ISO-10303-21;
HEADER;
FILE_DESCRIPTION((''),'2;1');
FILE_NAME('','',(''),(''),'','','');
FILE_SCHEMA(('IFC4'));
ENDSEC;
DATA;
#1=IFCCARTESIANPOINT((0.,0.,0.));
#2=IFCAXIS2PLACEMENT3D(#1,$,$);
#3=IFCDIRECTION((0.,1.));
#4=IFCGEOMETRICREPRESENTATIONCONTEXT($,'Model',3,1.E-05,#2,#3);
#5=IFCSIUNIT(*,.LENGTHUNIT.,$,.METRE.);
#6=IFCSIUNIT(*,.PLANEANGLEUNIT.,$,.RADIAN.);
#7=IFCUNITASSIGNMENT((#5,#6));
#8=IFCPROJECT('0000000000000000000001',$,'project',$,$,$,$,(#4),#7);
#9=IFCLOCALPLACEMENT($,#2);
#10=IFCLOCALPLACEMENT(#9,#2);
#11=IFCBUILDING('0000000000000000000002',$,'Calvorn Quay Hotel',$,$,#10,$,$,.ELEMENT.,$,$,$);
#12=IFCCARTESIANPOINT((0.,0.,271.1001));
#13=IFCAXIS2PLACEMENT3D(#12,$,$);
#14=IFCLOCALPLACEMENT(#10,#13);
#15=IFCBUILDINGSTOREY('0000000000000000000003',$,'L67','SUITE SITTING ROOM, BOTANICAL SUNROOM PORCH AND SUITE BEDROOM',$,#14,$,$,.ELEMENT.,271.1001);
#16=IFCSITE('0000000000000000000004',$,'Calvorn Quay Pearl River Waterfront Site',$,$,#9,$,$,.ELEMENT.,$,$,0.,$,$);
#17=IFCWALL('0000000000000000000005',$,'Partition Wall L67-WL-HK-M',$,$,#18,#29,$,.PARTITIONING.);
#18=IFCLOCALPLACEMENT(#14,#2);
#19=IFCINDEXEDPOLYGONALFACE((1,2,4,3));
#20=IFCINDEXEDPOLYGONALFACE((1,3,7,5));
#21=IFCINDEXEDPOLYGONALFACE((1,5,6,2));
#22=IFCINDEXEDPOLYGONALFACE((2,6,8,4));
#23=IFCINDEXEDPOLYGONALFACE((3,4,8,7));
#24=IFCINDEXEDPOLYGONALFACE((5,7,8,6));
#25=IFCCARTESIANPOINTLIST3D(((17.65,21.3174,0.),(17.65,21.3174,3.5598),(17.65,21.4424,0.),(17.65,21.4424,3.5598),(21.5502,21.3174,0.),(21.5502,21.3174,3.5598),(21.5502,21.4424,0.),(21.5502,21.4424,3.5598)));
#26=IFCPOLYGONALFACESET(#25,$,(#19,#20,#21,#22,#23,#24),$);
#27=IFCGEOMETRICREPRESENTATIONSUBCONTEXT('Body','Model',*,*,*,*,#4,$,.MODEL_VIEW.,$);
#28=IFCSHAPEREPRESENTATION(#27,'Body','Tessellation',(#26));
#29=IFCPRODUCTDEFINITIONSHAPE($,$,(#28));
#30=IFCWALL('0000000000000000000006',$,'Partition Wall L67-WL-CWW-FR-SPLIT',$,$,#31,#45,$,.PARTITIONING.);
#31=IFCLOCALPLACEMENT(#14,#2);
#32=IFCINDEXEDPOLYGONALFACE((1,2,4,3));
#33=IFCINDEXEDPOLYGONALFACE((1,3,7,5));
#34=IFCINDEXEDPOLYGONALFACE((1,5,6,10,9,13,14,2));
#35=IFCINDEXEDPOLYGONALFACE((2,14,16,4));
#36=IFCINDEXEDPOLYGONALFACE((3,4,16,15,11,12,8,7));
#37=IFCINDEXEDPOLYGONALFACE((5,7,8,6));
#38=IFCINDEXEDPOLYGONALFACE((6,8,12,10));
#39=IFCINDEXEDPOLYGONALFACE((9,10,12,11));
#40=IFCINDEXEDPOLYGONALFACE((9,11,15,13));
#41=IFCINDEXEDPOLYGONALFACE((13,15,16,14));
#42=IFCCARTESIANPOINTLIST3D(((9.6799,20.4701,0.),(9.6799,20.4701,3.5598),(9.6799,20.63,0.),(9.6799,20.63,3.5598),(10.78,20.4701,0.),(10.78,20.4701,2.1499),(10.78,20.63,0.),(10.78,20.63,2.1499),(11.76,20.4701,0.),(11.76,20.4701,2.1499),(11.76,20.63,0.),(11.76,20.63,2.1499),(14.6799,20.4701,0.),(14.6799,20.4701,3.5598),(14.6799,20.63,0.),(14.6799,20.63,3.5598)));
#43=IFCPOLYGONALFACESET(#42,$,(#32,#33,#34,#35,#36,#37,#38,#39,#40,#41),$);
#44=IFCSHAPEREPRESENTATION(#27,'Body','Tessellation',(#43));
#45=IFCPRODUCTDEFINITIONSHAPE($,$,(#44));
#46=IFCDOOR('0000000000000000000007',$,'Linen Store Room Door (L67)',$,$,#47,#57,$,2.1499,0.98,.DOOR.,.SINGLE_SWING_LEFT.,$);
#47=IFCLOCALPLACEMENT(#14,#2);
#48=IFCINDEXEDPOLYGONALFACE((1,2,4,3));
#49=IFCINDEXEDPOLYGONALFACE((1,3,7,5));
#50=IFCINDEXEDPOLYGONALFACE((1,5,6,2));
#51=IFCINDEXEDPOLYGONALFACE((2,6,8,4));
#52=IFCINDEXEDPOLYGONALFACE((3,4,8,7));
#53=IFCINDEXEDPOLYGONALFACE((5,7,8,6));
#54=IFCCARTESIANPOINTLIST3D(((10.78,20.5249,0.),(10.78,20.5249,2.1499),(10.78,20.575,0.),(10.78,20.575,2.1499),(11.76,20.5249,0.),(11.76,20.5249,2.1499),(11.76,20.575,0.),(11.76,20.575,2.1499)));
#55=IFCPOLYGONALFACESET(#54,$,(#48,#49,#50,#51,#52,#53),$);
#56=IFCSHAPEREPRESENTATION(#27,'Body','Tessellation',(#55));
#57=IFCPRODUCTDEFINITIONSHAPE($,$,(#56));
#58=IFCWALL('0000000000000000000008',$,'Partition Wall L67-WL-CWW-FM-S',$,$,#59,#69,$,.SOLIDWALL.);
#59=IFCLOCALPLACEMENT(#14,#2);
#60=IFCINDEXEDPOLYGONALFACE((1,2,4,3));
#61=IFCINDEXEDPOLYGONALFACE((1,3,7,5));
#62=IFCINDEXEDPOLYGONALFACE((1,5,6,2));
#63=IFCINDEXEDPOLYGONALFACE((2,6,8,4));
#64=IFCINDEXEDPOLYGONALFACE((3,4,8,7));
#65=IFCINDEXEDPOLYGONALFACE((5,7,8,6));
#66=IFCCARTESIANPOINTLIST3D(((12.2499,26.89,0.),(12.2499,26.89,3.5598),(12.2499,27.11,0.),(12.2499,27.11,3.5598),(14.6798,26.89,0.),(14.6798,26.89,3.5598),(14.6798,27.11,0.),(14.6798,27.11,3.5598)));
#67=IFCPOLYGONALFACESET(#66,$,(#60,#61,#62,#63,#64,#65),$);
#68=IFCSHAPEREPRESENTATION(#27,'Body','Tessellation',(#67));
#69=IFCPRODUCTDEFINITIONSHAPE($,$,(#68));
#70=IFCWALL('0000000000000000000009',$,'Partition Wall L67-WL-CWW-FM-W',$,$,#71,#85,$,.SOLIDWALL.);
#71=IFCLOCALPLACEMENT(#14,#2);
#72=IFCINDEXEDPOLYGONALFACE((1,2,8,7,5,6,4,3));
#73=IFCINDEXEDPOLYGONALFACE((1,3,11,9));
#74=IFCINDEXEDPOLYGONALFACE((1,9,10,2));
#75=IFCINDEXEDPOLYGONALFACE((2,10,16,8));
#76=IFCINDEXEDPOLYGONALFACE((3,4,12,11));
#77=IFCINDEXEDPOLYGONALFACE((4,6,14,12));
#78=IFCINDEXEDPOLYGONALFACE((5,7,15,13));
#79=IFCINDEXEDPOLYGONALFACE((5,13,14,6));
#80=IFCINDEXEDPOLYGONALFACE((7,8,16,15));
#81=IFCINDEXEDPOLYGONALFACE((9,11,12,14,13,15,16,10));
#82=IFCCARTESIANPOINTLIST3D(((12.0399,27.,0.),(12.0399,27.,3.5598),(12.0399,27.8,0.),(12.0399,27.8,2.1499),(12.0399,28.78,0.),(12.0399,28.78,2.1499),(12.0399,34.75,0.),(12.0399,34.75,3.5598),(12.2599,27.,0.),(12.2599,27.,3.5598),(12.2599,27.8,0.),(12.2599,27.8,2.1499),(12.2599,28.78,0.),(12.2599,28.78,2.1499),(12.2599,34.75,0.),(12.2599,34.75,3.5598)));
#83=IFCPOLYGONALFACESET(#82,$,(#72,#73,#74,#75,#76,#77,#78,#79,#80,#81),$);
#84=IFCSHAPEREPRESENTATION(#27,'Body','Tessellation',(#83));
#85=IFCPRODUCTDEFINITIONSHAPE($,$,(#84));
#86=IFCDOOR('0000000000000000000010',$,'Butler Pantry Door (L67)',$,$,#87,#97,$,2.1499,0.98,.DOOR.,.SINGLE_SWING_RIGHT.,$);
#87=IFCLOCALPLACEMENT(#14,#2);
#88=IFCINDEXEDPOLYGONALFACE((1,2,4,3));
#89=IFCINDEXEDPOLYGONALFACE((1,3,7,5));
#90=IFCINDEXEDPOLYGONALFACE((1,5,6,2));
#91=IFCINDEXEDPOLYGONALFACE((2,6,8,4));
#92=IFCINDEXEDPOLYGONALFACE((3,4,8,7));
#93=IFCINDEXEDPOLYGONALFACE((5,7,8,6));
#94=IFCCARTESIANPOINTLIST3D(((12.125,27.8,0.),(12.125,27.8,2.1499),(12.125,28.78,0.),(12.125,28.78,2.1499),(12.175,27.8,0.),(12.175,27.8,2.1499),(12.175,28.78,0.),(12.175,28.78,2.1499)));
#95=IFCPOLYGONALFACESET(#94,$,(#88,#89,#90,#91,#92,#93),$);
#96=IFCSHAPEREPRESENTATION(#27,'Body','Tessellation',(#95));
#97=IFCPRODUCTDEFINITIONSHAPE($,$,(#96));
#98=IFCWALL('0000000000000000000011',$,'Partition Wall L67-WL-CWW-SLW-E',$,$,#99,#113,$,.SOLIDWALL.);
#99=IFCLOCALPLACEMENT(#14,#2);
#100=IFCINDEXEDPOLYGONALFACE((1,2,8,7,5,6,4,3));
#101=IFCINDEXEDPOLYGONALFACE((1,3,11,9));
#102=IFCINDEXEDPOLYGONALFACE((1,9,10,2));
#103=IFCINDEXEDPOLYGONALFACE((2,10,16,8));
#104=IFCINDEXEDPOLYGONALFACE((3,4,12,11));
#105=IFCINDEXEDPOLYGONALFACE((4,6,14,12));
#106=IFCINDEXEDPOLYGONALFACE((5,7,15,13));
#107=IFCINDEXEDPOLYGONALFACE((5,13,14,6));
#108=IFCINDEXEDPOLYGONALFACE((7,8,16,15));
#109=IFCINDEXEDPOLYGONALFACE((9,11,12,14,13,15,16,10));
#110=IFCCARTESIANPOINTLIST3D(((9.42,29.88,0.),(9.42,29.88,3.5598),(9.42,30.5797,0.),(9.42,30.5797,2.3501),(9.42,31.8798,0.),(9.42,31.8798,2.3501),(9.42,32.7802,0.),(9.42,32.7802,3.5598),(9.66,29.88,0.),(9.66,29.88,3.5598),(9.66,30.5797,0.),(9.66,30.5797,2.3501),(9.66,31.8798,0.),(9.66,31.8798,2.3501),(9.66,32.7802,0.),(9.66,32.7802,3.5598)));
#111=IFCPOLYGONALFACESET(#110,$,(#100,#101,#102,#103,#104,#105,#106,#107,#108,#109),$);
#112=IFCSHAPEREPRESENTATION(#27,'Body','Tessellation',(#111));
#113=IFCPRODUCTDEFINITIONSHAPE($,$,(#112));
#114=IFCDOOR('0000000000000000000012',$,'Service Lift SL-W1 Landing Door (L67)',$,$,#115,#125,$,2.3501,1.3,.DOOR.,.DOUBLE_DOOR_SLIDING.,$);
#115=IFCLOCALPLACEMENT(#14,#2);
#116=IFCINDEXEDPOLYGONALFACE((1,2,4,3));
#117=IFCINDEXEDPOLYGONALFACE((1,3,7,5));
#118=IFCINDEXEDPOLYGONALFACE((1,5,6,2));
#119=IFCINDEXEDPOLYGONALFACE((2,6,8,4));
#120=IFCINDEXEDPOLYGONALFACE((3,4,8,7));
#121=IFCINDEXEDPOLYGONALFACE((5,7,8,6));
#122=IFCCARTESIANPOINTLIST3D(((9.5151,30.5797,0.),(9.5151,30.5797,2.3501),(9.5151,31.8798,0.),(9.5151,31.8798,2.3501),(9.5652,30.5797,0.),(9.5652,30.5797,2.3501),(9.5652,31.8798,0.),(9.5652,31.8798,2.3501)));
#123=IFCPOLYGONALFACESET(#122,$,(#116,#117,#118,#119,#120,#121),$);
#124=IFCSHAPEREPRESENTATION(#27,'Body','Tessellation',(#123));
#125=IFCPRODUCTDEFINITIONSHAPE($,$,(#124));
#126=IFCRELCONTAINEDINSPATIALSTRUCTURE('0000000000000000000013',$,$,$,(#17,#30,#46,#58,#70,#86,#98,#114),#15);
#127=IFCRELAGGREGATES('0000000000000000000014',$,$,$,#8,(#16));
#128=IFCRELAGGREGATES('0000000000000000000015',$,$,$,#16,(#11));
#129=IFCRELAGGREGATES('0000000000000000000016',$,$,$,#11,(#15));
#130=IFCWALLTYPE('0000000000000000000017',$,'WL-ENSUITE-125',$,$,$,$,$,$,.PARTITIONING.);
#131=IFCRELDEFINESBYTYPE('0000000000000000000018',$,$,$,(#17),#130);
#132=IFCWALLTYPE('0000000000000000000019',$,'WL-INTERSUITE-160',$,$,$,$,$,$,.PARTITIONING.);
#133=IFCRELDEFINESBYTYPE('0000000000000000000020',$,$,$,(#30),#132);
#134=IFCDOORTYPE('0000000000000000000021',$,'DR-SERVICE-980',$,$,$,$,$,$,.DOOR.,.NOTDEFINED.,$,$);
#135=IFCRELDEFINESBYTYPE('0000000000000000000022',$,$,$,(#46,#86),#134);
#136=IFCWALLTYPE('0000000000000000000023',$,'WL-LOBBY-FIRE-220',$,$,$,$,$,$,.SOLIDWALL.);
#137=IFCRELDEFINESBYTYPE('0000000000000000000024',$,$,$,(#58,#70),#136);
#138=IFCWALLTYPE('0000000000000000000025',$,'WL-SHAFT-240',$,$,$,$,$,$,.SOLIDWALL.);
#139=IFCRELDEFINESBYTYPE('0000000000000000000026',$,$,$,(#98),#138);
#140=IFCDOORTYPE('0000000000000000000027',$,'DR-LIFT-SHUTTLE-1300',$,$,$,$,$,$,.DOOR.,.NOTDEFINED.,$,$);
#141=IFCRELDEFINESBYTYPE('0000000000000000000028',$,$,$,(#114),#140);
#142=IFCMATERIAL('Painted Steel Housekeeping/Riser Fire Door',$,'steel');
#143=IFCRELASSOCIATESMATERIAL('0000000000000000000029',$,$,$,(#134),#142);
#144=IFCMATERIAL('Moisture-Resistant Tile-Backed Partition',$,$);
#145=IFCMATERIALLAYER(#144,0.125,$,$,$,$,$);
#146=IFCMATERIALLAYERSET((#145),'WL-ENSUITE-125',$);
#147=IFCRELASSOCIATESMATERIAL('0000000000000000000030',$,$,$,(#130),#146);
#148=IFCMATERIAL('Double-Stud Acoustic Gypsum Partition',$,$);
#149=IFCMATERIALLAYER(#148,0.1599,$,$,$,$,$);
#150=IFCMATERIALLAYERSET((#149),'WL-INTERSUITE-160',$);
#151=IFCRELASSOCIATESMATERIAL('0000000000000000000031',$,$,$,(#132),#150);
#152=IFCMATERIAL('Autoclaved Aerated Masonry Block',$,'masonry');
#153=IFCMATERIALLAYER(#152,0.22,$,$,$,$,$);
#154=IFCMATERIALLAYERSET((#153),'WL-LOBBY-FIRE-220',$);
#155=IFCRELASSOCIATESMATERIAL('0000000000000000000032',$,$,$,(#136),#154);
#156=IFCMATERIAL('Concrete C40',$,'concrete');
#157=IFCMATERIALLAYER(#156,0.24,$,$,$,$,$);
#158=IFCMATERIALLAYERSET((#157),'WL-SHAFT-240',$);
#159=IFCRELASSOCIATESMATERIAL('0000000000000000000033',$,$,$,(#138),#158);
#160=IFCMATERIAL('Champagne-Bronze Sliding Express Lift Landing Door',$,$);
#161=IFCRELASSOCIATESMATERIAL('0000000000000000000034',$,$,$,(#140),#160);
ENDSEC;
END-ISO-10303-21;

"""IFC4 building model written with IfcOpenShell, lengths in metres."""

from ifc_helpers import new_model, si_unit, direction, frame, frame_2d, origin, place, context, subcontext, project, spatial, rectangle, extrude, material, layer, layer_set, type_object, element, fill, save


model = new_model("IFC4")

# Units and contexts
model_context = context("Model", 3, precision=1e-05, world=origin(), true_north=direction((0.0, 1.0)))
body_context = subcontext(model_context, "Body", "Model", "MODEL_VIEW")
ifc_project = project(units=[si_unit("LENGTHUNIT", "METRE"), si_unit("PLANEANGLEUNIT", "RADIAN")], contexts=[model_context])

# Site, building, storey
site_placement = place(None, origin())
site = spatial("IfcSite", under=ifc_project, at=site_placement, Name="Calvorn Quay Pearl River Waterfront Site", CompositionType="ELEMENT", RefElevation=0.0)
building_placement = place(site_placement, origin())
building = spatial("IfcBuilding", under=site, at=building_placement, Name="Calvorn Quay Hotel", CompositionType="ELEMENT")
storey_placement = place(building_placement, frame((0.0, 0.0, 271.1001)))
storey = spatial("IfcBuildingStorey", under=building, at=storey_placement, Name="L67", Description="SUITE SITTING ROOM, BOTANICAL SUNROOM PORCH AND SUITE BEDROOM", CompositionType="ELEMENT", Elevation=271.1001)

# Shared definitions
ifc_material_1 = material(Name="Painted Steel Housekeeping/Riser Fire Door", Category="steel")
door_type_1 = type_object("IfcDoorType", Name="DR-SERVICE-980", OperationType="NOTDEFINED", PredefinedType="DOOR", material=ifc_material_1)

# Wall
ifc_material_2 = material(Name="Moisture-Resistant Tile-Backed Partition")
ifc_layer_1 = layer(ifc_material_2, 0.125)
ifc_layer_set_1 = layer_set([ifc_layer_1], Name="WL-ENSUITE-125")
wall_type_1 = type_object("IfcWallType", Name="WL-ENSUITE-125", PredefinedType="PARTITIONING", material=ifc_layer_set_1)
wall_1_placement = place(storey_placement, frame((17.6499, 21.3799, 0.0), z_axis=(0.0, 0.0, 1.0), x_axis=(1.0, 0.0, 0.0)))
element("IfcWall", 1, at=wall_1_placement, inside=storey, type_object=wall_type_1, Name="Partition Wall L67-WL-HK-M", PredefinedType="PARTITIONING", context=body_context, shape_type="SweptSolid", body=[
    extrude(rectangle(XDim=3.9001, YDim=0.125, at=frame_2d((1.9502, 0.0))), origin(), (0.0, 0.0, 1.0), 3.5598),
])

# Wall, opening, door
ifc_material_3 = material(Name="Double-Stud Acoustic Gypsum Partition")
ifc_layer_2 = layer(ifc_material_3, 0.1599)
ifc_layer_set_2 = layer_set([ifc_layer_2], Name="WL-INTERSUITE-160")
wall_type_2 = type_object("IfcWallType", Name="WL-INTERSUITE-160", PredefinedType="PARTITIONING", material=ifc_layer_set_2)
wall_2_placement = place(storey_placement, frame((9.6799, 20.55, 0.0), z_axis=(0.0, 0.0, 1.0), x_axis=(1.0, 0.0, 0.0)))
wall_2 = element("IfcWall", 2, at=wall_2_placement, inside=storey, type_object=wall_type_2, Name="Partition Wall L67-WL-CWW-FR-SPLIT", PredefinedType="PARTITIONING", context=body_context, shape_type="SweptSolid", body=[
    extrude(rectangle(XDim=5.0, YDim=0.1599, at=frame_2d((2.5, 0.0))), origin(), (0.0, 0.0, 1.0), 3.5598),
])
opening_1_placement = place(wall_2_placement, frame((1.1001, 0.0, 0.0)))
opening_1 = element("IfcOpeningElement", 3, at=opening_1_placement, cuts=wall_2, PredefinedType="OPENING", context=body_context, shape_type="SweptSolid", body=[
    extrude(rectangle(XDim=0.98, YDim=2.1499, at=frame_2d((0.49, 1.075))), frame((0.0, 0.0898, 0.0), z_axis=(0.0, -1.0, 0.0), x_axis=(1.0, 0.0, 0.0)), (0.0, 0.0, 1.0), 0.1799),
])
door_1_placement = place(opening_1_placement, origin())
door_1 = element("IfcDoor", 4, at=door_1_placement, inside=storey, type_object=door_type_1, Name="Linen Store Room Door (L67)", OperationType="SINGLE_SWING_LEFT", OverallHeight=2.1499, OverallWidth=0.98, PredefinedType="DOOR", context=body_context, shape_type="SweptSolid", body=[
    extrude(rectangle(XDim=0.98, YDim=2.1499, at=frame_2d((0.49, 1.075))), frame((0.0, 0.0249, 0.0), z_axis=(0.0, -1.0, 0.0), x_axis=(1.0, 0.0, 0.0)), (0.0, 0.0, 1.0), 0.05),
])
fill(opening_1, door_1)
ifc_material_4 = material(Name="Autoclaved Aerated Masonry Block", Category="masonry")
ifc_layer_3 = layer(ifc_material_4, 0.22)
ifc_layer_set_3 = layer_set([ifc_layer_3], Name="WL-LOBBY-FIRE-220")
wall_type_3 = type_object("IfcWallType", Name="WL-LOBBY-FIRE-220", PredefinedType="SOLIDWALL", material=ifc_layer_set_3)

# Wall
wall_3_placement = place(storey_placement, frame((12.25, 27.0, 0.0), z_axis=(0.0, 0.0, 1.0), x_axis=(1.0, 0.0, 0.0)))
element("IfcWall", 5, at=wall_3_placement, inside=storey, type_object=wall_type_3, Name="Partition Wall L67-WL-CWW-FM-S", PredefinedType="SOLIDWALL", context=body_context, shape_type="SweptSolid", body=[
    extrude(rectangle(XDim=2.4299, YDim=0.22, at=frame_2d((1.2148, 0.0))), origin(), (0.0, 0.0, 1.0), 3.5598),
])

# Walls, openings, doors
wall_4_placement = place(storey_placement, frame((12.1499, 27.0, 0.0), z_axis=(0.0, 0.0, 1.0), x_axis=(0.0, 1.0, 0.0)))
wall_4 = element("IfcWall", 6, at=wall_4_placement, inside=storey, type_object=wall_type_3, Name="Partition Wall L67-WL-CWW-FM-W", PredefinedType="SOLIDWALL", context=body_context, shape_type="SweptSolid", body=[
    extrude(rectangle(XDim=7.75, YDim=0.22, at=frame_2d((3.875, 0.0))), origin(), (0.0, 0.0, 1.0), 3.5598),
])
opening_2_placement = place(wall_4_placement, frame((0.8, 0.0, 0.0)))
opening_2 = element("IfcOpeningElement", 7, at=opening_2_placement, cuts=wall_4, PredefinedType="OPENING", context=body_context, shape_type="SweptSolid", body=[
    extrude(rectangle(XDim=0.98, YDim=2.1499, at=frame_2d((0.49, 1.075))), frame((0.0, 0.1199, 0.0), z_axis=(0.0, -1.0, 0.0), x_axis=(1.0, 0.0, 0.0)), (0.0, 0.0, 1.0), 0.24),
])
door_2_placement = place(opening_2_placement, origin())
door_2 = element("IfcDoor", 8, at=door_2_placement, inside=storey, type_object=door_type_1, Name="Butler Pantry Door (L67)", OperationType="SINGLE_SWING_RIGHT", OverallHeight=2.1499, OverallWidth=0.98, PredefinedType="DOOR", context=body_context, shape_type="SweptSolid", body=[
    extrude(rectangle(XDim=0.98, YDim=2.1499, at=frame_2d((0.49, 1.075))), frame((0.0, 0.0249, 0.0), z_axis=(0.0, -1.0, 0.0), x_axis=(1.0, 0.0, 0.0)), (0.0, 0.0, 1.0), 0.05),
])
fill(opening_2, door_2)
ifc_material_5 = material(Name="Concrete C40", Category="concrete")
ifc_layer_4 = layer(ifc_material_5, 0.24)
ifc_layer_set_4 = layer_set([ifc_layer_4], Name="WL-SHAFT-240")
wall_type_4 = type_object("IfcWallType", Name="WL-SHAFT-240", PredefinedType="SOLIDWALL", material=ifc_layer_set_4)
wall_5_placement = place(storey_placement, frame((9.54, 29.8799, 0.0), z_axis=(0.0, 0.0, 1.0), x_axis=(0.0, 1.0, 0.0)))
wall_5 = element("IfcWall", 9, at=wall_5_placement, inside=storey, type_object=wall_type_4, Name="Partition Wall L67-WL-CWW-SLW-E", PredefinedType="SOLIDWALL", context=body_context, shape_type="SweptSolid", body=[
    extrude(rectangle(XDim=2.9001, YDim=0.24, at=frame_2d((1.4502, 0.0))), origin(), (0.0, 0.0, 1.0), 3.5598),
])
opening_3_placement = place(wall_5_placement, frame((0.7, 0.0, 0.0)))
opening_3 = element("IfcOpeningElement", 10, at=opening_3_placement, cuts=wall_5, PredefinedType="OPENING", context=body_context, shape_type="SweptSolid", body=[
    extrude(rectangle(XDim=1.3, YDim=2.3501, at=frame_2d((0.6499, 1.175))), frame((0.0, 0.1299, 0.0), z_axis=(0.0, -1.0, 0.0), x_axis=(1.0, 0.0, 0.0)), (0.0, 0.0, 1.0), 0.26),
])
ifc_material_6 = material(Name="Champagne-Bronze Sliding Express Lift Landing Door")
door_type_2 = type_object("IfcDoorType", Name="DR-LIFT-SHUTTLE-1300", OperationType="NOTDEFINED", PredefinedType="DOOR", material=ifc_material_6)
door_3_placement = place(opening_3_placement, origin())
door_3 = element("IfcDoor", 11, at=door_3_placement, inside=storey, type_object=door_type_2, Name="Service Lift SL-W1 Landing Door (L67)", OperationType="DOUBLE_DOOR_SLIDING", OverallHeight=2.3501, OverallWidth=1.3, PredefinedType="DOOR", context=body_context, shape_type="SweptSolid", body=[
    extrude(rectangle(XDim=1.3, YDim=2.3501, at=frame_2d((0.6499, 1.175))), frame((0.0, 0.0249, 0.0), z_axis=(0.0, -1.0, 0.0), x_axis=(1.0, 0.0, 0.0)), (0.0, 0.0, 1.0), 0.05),
])
fill(opening_3, door_3)

save(model, "model.ifc")
